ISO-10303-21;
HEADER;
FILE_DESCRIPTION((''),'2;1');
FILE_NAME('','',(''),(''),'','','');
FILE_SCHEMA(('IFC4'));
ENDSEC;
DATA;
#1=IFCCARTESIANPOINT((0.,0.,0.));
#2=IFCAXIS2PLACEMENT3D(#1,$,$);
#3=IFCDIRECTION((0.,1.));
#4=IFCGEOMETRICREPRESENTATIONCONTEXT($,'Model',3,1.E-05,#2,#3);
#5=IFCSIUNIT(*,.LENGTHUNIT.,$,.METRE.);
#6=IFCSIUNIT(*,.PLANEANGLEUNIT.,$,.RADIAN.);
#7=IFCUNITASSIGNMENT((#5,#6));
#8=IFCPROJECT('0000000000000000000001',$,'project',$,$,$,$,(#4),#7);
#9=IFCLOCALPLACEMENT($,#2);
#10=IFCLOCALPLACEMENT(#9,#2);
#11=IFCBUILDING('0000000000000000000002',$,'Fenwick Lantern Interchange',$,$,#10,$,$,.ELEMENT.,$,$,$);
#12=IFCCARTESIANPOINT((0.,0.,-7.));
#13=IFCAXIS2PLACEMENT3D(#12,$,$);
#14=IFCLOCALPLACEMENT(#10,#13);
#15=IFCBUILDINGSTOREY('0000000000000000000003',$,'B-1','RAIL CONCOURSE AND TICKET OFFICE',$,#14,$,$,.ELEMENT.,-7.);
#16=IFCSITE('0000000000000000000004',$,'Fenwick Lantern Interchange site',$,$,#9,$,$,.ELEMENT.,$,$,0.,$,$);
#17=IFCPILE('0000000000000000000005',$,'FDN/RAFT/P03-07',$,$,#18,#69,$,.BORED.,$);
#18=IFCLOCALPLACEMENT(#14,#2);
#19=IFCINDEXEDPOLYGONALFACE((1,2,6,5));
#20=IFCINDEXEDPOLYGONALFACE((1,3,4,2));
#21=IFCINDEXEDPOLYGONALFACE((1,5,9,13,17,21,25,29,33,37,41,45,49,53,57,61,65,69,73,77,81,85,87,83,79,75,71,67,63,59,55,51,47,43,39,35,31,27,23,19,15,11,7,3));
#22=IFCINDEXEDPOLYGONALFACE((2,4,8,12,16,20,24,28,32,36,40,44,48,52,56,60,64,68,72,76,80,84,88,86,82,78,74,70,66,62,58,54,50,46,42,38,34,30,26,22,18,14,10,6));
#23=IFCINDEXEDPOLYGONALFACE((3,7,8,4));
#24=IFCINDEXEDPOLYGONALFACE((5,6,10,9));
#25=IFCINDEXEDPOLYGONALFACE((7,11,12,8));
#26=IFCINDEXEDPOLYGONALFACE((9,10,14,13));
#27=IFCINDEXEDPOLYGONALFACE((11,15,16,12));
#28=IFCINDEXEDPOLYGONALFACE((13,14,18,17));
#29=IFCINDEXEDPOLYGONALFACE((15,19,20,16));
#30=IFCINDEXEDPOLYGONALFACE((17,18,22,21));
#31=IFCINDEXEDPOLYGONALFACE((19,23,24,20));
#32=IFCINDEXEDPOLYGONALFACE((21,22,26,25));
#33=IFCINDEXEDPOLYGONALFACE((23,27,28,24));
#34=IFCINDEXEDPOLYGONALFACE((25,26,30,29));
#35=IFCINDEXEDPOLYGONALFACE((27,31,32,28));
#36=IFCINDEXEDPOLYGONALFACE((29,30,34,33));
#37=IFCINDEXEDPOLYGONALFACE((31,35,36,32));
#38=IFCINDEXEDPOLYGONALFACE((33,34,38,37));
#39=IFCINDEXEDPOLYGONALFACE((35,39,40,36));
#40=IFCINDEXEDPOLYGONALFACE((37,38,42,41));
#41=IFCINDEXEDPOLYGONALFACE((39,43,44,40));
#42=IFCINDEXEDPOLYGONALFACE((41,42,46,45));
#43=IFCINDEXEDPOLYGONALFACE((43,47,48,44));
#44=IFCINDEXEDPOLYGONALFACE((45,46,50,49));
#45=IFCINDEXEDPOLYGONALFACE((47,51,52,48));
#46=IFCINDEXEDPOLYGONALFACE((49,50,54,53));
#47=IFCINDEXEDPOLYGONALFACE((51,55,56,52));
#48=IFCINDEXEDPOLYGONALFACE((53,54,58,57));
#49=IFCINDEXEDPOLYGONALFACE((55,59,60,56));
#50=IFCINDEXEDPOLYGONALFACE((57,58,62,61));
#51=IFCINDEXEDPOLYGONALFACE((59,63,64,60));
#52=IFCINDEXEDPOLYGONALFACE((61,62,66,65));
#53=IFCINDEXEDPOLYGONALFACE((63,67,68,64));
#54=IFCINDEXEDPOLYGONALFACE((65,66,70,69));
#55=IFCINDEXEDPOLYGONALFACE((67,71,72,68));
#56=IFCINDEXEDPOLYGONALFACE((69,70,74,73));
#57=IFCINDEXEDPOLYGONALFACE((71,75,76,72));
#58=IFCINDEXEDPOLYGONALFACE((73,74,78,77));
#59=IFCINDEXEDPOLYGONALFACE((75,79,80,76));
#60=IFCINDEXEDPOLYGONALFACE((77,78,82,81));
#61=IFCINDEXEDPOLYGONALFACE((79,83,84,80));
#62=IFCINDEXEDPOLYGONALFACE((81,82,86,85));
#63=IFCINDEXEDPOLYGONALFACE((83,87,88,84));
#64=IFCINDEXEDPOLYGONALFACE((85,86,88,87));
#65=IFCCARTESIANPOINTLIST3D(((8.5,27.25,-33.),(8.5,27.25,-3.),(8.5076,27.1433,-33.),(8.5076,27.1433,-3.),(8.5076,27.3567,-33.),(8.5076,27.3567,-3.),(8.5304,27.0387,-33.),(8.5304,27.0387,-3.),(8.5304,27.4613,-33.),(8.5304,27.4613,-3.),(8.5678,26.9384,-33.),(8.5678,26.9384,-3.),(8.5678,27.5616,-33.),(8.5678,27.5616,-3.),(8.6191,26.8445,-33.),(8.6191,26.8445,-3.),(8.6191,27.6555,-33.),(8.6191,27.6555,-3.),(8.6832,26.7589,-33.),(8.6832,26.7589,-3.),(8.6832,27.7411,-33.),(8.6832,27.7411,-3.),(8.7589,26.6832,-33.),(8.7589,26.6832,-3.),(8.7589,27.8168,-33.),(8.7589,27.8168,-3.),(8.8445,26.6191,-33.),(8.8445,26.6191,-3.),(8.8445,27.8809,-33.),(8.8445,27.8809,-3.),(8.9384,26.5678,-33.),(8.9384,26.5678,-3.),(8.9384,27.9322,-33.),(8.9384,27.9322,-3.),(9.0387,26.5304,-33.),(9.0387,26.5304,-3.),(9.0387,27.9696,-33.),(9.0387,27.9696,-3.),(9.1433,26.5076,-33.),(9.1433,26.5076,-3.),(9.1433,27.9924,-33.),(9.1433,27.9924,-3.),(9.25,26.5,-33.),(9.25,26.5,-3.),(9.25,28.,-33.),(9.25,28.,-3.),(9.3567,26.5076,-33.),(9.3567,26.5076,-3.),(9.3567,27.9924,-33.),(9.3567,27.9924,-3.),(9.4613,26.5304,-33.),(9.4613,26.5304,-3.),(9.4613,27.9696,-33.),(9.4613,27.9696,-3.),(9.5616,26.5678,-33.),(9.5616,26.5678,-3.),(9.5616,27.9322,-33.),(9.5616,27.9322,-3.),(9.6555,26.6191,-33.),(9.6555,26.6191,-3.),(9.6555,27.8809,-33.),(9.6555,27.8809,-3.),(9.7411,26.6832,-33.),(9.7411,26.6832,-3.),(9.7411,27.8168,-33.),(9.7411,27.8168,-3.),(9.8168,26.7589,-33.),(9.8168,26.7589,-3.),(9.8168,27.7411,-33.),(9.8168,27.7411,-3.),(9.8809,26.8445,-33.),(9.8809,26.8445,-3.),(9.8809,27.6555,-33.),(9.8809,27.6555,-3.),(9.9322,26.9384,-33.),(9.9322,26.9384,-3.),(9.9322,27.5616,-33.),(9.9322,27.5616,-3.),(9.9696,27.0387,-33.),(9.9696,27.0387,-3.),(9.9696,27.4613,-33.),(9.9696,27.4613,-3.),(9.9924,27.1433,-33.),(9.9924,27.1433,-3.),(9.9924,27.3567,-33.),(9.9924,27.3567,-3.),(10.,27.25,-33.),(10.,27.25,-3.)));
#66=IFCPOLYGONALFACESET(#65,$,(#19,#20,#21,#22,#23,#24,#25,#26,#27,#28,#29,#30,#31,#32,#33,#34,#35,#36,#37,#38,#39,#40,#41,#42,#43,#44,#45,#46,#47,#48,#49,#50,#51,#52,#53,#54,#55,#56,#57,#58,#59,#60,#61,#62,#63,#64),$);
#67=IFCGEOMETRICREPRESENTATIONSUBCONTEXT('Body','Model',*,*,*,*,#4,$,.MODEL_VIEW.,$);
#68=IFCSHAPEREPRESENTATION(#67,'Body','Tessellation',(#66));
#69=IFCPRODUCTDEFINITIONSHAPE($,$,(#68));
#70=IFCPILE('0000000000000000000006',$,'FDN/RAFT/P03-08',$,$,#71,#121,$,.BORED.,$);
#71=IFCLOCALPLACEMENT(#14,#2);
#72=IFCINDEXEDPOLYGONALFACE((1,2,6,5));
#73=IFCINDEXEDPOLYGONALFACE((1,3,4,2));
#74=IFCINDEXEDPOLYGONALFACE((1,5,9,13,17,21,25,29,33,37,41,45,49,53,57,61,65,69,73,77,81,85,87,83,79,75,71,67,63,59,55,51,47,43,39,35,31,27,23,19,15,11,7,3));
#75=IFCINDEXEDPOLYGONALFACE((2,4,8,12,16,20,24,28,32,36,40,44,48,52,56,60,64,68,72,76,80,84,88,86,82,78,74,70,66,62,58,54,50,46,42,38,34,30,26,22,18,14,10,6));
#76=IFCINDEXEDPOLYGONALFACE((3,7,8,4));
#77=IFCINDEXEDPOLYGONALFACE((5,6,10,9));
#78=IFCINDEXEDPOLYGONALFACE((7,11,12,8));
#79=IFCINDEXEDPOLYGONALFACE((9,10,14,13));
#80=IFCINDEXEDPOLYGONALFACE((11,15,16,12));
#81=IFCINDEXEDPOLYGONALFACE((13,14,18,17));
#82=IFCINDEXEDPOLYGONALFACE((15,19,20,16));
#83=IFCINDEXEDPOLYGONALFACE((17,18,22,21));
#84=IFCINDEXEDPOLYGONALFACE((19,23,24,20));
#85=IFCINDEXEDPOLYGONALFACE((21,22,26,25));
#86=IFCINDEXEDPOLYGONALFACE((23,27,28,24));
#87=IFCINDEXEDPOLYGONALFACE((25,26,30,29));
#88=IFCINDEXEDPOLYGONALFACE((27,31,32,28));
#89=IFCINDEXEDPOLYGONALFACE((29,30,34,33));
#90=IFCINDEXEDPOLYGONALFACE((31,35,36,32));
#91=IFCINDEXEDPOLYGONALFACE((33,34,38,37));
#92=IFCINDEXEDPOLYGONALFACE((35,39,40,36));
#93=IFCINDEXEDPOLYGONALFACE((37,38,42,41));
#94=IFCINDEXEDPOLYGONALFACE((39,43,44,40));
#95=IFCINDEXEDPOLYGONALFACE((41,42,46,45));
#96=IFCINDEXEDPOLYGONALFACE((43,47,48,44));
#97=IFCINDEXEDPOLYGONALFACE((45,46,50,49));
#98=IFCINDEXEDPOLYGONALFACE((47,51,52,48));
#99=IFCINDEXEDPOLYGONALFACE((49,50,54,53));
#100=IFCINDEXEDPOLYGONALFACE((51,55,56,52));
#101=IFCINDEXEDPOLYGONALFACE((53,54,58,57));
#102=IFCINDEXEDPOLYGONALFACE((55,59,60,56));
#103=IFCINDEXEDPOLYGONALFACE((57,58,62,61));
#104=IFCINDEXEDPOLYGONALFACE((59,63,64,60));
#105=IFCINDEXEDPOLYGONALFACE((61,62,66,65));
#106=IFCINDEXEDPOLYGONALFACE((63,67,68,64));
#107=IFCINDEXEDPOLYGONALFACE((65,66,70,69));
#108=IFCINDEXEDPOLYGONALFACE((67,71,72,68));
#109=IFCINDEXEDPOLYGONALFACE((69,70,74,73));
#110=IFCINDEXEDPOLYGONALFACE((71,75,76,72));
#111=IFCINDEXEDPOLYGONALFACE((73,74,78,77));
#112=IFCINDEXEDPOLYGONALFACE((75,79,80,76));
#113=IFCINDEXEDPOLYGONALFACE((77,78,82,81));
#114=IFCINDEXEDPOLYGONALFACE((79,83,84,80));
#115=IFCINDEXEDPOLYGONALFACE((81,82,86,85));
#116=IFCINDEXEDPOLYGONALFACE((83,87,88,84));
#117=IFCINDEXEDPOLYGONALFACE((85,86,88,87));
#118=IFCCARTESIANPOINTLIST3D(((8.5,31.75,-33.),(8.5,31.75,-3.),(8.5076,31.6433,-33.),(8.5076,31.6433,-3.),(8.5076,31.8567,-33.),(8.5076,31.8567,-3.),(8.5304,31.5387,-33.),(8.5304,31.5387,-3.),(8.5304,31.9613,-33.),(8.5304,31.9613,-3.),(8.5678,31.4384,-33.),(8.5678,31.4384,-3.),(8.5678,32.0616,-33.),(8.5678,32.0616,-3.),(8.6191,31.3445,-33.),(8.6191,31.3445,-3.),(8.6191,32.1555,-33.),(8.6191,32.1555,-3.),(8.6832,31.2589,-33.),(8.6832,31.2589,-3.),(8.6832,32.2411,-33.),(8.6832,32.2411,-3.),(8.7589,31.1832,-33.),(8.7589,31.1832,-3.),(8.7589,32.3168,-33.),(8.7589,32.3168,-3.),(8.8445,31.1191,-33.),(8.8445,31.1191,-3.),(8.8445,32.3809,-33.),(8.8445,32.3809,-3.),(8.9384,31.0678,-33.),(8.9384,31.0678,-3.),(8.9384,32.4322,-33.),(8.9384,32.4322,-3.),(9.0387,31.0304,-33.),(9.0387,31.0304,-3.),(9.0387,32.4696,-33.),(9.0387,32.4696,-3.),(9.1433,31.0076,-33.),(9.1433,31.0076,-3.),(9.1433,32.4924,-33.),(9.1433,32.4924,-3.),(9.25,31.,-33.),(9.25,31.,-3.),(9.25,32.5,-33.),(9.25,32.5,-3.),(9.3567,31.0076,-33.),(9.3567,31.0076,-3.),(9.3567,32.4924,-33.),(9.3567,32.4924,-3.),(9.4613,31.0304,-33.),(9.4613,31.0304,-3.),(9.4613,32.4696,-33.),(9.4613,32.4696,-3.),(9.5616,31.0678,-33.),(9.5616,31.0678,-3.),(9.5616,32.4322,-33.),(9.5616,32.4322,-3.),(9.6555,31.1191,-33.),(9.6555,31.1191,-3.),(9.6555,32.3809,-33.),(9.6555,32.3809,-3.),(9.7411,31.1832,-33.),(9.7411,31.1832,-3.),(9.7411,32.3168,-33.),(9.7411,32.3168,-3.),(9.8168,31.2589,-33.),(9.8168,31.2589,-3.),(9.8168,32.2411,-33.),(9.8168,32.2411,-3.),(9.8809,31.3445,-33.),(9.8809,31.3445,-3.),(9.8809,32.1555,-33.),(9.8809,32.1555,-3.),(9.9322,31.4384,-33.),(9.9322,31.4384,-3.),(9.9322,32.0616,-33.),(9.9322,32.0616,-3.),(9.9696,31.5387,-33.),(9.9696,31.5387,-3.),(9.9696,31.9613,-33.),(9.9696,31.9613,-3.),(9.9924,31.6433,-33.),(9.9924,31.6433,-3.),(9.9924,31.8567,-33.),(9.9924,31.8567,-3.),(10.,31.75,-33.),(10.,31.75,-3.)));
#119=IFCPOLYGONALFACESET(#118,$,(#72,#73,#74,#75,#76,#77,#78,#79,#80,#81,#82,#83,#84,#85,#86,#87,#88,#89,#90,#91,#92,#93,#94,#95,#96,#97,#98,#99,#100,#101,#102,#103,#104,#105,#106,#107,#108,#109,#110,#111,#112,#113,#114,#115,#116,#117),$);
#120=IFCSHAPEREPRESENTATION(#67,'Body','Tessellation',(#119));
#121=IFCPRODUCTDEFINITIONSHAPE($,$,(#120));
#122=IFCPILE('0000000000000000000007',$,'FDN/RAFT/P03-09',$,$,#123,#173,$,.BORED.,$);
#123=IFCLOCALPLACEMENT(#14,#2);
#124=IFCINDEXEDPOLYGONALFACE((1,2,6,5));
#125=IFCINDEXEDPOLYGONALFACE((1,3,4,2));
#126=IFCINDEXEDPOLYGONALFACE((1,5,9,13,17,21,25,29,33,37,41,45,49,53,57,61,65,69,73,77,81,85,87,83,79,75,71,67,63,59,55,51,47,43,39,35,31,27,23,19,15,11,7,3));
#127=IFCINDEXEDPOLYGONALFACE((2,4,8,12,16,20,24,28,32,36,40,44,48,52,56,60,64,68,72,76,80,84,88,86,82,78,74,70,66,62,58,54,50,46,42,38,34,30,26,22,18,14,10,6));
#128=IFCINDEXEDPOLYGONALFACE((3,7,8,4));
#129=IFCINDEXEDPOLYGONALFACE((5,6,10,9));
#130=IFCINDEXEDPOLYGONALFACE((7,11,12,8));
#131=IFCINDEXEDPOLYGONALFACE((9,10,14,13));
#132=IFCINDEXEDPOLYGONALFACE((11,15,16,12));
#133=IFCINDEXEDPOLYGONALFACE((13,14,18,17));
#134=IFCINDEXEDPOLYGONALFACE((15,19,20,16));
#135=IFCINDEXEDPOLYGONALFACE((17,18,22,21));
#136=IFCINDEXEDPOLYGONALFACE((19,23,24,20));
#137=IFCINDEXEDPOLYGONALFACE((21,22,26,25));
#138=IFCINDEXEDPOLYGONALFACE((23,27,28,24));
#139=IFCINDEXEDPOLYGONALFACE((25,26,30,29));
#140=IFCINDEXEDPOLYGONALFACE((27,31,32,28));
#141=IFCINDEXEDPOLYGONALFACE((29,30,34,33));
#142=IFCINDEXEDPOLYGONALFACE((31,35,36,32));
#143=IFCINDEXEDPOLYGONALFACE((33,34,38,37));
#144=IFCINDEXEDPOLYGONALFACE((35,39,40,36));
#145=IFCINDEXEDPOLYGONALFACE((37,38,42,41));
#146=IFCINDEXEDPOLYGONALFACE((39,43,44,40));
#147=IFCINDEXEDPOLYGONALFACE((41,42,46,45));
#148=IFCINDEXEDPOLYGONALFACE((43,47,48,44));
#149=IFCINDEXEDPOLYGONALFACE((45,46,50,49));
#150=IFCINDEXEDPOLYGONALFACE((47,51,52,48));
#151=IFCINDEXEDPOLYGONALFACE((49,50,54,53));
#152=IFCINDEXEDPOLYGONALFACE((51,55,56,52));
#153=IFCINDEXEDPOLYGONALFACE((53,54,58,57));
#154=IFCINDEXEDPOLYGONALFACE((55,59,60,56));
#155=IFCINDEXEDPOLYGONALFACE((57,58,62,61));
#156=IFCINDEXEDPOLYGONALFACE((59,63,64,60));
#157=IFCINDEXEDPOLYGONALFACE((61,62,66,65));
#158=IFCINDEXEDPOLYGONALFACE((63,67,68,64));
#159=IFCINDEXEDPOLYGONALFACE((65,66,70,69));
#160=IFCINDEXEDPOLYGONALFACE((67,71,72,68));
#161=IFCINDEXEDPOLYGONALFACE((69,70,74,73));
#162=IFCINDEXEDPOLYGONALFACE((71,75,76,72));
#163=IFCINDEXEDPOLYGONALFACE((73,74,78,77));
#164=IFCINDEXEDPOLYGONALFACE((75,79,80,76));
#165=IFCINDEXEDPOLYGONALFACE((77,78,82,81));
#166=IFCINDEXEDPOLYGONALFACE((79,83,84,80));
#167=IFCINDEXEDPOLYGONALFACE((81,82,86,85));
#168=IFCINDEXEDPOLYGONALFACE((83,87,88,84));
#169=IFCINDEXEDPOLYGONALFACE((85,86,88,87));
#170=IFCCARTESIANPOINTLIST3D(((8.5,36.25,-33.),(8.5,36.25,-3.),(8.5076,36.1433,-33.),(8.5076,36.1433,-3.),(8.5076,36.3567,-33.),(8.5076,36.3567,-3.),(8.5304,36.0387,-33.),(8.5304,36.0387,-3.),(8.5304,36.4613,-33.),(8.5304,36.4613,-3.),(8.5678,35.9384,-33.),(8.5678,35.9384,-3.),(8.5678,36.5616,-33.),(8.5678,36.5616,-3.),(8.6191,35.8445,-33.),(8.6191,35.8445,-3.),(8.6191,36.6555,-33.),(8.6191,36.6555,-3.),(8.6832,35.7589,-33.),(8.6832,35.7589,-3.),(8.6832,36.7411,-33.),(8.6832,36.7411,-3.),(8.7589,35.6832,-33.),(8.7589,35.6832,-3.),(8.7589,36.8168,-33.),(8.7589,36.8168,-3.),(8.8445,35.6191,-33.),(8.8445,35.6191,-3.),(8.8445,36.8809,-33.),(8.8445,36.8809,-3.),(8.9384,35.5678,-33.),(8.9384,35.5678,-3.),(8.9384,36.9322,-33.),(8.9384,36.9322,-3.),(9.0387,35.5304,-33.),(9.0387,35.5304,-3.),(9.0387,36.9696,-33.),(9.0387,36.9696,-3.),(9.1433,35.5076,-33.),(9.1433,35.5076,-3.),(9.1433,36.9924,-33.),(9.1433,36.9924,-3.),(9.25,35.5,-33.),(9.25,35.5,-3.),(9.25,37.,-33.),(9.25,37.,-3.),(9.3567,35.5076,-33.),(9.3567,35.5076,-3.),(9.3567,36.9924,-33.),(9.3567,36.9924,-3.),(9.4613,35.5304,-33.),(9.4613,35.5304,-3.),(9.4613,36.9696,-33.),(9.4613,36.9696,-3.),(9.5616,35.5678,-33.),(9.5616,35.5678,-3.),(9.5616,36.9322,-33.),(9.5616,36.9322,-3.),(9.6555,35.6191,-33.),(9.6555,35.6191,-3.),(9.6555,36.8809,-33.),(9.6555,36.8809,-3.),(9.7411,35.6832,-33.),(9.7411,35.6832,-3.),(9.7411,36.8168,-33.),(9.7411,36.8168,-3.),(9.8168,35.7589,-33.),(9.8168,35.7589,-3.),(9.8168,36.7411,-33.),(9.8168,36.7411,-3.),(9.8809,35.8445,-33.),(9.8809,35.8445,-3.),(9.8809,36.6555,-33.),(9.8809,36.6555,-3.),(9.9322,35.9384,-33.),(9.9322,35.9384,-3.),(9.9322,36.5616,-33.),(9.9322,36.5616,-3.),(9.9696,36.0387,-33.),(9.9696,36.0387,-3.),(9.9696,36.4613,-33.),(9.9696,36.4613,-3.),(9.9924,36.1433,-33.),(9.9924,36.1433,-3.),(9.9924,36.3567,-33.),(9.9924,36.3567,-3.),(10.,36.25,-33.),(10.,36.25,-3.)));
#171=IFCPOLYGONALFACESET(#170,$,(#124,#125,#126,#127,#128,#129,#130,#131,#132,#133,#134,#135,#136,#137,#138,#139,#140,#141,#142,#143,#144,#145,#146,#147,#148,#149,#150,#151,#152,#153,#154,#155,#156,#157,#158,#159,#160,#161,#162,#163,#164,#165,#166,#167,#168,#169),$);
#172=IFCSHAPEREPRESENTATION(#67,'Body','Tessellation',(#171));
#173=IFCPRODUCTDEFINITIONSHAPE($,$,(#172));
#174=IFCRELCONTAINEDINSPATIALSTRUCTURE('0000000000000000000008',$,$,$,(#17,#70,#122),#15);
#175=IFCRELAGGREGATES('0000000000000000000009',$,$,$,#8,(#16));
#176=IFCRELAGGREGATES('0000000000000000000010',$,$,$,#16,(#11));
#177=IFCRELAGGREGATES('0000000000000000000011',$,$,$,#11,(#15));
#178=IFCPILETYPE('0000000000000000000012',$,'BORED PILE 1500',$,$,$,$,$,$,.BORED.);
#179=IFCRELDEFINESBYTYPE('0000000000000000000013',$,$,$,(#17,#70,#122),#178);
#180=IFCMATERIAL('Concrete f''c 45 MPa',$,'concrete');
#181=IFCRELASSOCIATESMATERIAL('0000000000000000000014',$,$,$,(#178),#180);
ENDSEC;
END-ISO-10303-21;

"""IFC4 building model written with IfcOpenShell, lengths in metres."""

from ifc_helpers import new_model, si_unit, direction, frame, origin, origin_2d, place, context, subcontext, project, spatial, circle, extrude, material, type_object, element, save


model = new_model("IFC4")

# Units and contexts
model_context = context("Model", 3, precision=1e-05, world=origin(), true_north=direction((0.0, 1.0)))
body_context = subcontext(model_context, "Body", "Model", "MODEL_VIEW")
ifc_project = project(units=[si_unit("LENGTHUNIT", "METRE"), si_unit("PLANEANGLEUNIT", "RADIAN")], contexts=[model_context])

# Site, building, storey
site_placement = place(None, origin())
site = spatial("IfcSite", under=ifc_project, at=site_placement, Name="Fenwick Lantern Interchange site", CompositionType="ELEMENT", RefElevation=0.0)
building_placement = place(site_placement, origin())
building = spatial("IfcBuilding", under=site, at=building_placement, Name="Fenwick Lantern Interchange", CompositionType="ELEMENT")
storey_placement = place(building_placement, frame((0.0, 0.0, -7.0)))
storey = spatial("IfcBuildingStorey", under=building, at=storey_placement, Name="B-1", Description="RAIL CONCOURSE AND TICKET OFFICE", CompositionType="ELEMENT", Elevation=-7.0)

# Piles
ifc_material_1 = material(Name="Concrete f'c 45 MPa", Category="concrete")
pile_type = type_object("IfcPileType", Name="BORED PILE 1500", PredefinedType="BORED", material=ifc_material_1)
for number, where, z_axis, x_axis, name in (
    (1, (9.25, 27.25, -3.0), (0.0, 0.0, -1.0), (1.0, 0.0, 0.0), "FDN/RAFT/P03-07"),
    (2, (9.25, 31.75, -3.0), (0.0, 0.0, -1.0), (1.0, 0.0, 0.0), "FDN/RAFT/P03-08"),
    (3, (9.25, 36.25, -3.0), (0.0, 0.0, -1.0), (1.0, 0.0, 0.0), "FDN/RAFT/P03-09"),
):
    element("IfcPile", number, at=place(storey_placement, frame(where, z_axis=z_axis, x_axis=x_axis)), inside=storey, type_object=pile_type, Name=name, PredefinedType="BORED", context=body_context, shape_type="SweptSolid", body=[
        extrude(circle(Radius=0.75, at=origin_2d()), origin(), (0.0, 0.0, 1.0), 30.0),
    ])

save(model, "model.ifc")
